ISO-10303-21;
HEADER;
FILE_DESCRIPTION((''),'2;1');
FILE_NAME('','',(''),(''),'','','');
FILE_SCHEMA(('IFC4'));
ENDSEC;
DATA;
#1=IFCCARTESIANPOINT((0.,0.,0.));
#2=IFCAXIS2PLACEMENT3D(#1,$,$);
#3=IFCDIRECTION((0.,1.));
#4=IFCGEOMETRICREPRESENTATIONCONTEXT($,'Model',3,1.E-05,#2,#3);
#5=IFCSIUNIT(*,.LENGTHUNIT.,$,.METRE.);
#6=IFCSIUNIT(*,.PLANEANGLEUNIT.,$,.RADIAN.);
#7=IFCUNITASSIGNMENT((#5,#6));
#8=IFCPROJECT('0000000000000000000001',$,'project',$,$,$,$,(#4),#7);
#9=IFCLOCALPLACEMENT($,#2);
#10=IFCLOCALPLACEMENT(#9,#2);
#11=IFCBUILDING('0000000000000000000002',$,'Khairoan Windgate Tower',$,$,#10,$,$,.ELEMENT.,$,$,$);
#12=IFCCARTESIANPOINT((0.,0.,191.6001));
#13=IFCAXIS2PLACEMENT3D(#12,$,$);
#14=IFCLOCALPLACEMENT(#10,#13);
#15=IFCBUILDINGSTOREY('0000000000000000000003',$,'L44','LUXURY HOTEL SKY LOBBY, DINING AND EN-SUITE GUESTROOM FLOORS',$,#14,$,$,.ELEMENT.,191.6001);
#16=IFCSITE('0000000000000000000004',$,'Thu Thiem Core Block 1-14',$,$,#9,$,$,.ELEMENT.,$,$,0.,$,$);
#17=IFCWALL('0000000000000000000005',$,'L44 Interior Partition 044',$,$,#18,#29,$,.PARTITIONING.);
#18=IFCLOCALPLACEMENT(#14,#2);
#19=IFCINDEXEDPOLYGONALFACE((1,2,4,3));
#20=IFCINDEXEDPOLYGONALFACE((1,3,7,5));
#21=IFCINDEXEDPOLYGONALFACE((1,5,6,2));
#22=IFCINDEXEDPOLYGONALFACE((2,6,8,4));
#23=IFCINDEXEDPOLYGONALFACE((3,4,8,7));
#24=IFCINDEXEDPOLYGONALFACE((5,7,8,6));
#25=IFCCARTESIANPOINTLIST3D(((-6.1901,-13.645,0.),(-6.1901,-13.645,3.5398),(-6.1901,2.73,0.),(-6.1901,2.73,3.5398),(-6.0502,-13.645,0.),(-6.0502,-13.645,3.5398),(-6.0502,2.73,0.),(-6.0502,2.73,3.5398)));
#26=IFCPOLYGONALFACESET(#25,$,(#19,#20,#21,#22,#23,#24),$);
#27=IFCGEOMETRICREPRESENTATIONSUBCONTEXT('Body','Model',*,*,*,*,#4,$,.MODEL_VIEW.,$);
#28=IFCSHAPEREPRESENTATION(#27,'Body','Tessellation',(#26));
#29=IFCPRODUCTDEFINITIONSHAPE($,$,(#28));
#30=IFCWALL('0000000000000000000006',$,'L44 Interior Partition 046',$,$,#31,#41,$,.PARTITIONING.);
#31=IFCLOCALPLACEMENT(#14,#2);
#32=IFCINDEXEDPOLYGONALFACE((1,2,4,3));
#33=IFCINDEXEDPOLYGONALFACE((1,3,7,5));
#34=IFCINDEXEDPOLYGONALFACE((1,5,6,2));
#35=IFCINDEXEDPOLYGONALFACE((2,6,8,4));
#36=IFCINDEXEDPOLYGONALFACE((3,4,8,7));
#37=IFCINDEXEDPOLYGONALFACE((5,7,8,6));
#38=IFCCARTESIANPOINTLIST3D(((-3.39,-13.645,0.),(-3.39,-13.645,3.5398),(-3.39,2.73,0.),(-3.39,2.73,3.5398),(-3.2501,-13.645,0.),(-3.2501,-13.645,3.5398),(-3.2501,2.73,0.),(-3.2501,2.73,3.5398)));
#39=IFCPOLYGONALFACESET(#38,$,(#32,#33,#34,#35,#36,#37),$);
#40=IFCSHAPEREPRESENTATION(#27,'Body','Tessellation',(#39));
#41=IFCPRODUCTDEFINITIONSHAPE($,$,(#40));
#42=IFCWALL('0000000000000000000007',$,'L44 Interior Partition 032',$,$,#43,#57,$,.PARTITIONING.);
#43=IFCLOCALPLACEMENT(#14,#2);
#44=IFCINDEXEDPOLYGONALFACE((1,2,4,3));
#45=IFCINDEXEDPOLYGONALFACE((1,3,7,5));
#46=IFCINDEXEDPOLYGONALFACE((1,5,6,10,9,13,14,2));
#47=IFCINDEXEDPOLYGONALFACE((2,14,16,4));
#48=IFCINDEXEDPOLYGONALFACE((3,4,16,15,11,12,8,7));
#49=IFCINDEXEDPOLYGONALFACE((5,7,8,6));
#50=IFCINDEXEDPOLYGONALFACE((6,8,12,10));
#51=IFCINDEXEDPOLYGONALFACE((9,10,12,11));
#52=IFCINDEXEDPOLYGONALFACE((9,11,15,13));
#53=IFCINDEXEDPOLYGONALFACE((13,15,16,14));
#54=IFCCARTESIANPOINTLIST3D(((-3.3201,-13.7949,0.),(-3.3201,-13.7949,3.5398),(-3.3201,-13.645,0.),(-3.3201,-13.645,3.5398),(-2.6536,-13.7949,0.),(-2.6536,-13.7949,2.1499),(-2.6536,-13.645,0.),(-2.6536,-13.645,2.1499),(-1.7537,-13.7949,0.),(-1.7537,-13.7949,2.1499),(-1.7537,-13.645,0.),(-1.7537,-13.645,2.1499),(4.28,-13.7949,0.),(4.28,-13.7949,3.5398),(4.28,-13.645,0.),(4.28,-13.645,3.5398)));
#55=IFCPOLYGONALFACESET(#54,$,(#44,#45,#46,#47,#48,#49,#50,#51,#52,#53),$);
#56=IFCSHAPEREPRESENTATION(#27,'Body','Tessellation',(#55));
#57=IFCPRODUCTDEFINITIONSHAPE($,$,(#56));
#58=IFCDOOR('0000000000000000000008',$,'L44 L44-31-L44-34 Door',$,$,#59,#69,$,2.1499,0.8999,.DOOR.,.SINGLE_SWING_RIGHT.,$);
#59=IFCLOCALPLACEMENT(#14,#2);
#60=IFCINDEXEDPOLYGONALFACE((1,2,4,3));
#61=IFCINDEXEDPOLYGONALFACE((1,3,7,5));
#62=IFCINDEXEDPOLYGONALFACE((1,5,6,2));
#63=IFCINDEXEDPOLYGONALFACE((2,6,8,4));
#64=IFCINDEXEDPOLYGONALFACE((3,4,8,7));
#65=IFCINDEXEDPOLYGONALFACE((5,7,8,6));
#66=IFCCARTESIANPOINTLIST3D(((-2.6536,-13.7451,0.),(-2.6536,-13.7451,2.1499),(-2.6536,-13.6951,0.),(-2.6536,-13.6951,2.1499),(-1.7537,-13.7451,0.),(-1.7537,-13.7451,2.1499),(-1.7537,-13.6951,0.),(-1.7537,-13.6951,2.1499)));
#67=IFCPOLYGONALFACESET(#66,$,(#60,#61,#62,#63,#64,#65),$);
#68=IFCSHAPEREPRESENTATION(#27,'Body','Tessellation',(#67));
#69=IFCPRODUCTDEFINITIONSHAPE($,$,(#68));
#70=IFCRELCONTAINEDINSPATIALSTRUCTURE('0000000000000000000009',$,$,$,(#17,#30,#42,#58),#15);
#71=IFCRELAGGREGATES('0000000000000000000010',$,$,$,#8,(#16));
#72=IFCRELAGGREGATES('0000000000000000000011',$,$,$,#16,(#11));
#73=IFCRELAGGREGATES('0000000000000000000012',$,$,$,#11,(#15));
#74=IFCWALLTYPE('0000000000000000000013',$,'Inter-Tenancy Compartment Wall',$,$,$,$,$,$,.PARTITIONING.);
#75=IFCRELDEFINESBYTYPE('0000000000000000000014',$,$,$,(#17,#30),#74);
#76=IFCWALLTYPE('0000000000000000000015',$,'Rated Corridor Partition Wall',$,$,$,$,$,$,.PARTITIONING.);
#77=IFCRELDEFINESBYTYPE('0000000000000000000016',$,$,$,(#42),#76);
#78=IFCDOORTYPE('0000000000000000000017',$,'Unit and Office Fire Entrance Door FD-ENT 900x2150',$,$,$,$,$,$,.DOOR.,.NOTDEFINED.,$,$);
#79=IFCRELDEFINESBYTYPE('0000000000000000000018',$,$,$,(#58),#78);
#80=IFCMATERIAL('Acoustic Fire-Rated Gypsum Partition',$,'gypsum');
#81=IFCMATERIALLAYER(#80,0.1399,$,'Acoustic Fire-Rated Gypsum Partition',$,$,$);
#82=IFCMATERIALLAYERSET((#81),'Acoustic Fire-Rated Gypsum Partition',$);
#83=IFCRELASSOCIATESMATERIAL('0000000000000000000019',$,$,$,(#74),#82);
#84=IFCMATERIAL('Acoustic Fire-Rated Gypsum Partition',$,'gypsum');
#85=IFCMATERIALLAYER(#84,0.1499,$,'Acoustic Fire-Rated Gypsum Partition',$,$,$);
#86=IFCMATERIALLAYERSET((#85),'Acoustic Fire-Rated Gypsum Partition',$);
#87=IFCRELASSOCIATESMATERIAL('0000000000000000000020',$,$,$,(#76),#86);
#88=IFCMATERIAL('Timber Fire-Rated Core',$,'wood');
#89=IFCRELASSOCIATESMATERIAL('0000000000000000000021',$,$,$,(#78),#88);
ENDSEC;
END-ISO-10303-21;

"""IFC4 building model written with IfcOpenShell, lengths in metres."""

from ifc_helpers import new_model, si_unit, direction, frame, frame_2d, origin, place, context, subcontext, project, spatial, rectangle, extrude, material, layer, layer_set, type_object, element, fill, save


model = new_model("IFC4")

# Units and contexts
model_context = context("Model", 3, precision=1e-05, world=origin(), true_north=direction((0.0, 1.0)))
body_context = subcontext(model_context, "Body", "Model", "MODEL_VIEW")
ifc_project = project(units=[si_unit("LENGTHUNIT", "METRE"), si_unit("PLANEANGLEUNIT", "RADIAN")], contexts=[model_context])

# Site, building, storey
site_placement = place(None, origin())
site = spatial("IfcSite", under=ifc_project, at=site_placement, Name="Thu Thiem Core Block 1-14", CompositionType="ELEMENT", RefElevation=0.0)
building_placement = place(site_placement, origin())
building = spatial("IfcBuilding", under=site, at=building_placement, Name="Khairoan Windgate Tower", CompositionType="ELEMENT")
storey_placement = place(building_placement, frame((0.0, 0.0, 191.6001)))
storey = spatial("IfcBuildingStorey", under=building, at=storey_placement, Name="L44", Description="LUXURY HOTEL SKY LOBBY, DINING AND EN-SUITE GUESTROOM FLOORS", CompositionType="ELEMENT", Elevation=191.6001)

# Walls
ifc_material_1 = material(Name="Acoustic Fire-Rated Gypsum Partition", Category="gypsum")
ifc_layer_1 = layer(ifc_material_1, 0.1399, Name="Acoustic Fire-Rated Gypsum Partition")
ifc_layer_set_1 = layer_set([ifc_layer_1], Name="Acoustic Fire-Rated Gypsum Partition")
wall_type_1 = type_object("IfcWallType", Name="Inter-Tenancy Compartment Wall", PredefinedType="PARTITIONING", material=ifc_layer_set_1)
for number, where, z_axis, x_axis, name in (
    (1, (-6.1201, -13.645, 0.0), (0.0, 0.0, 1.0), (0.0, 1.0, 0.0), "L44 Interior Partition 044"),
    (2, (-3.3201, -13.645, 0.0), (0.0, 0.0, 1.0), (0.0, 1.0, 0.0), "L44 Interior Partition 046"),
):
    element("IfcWall", number, at=place(storey_placement, frame(where, z_axis=z_axis, x_axis=x_axis)), inside=storey, type_object=wall_type_1, Name=name, PredefinedType="PARTITIONING", context=body_context, shape_type="SweptSolid", body=[
        extrude(rectangle(XDim=16.375, YDim=0.1399, at=frame_2d((8.1875, 0.0))), origin(), (0.0, 0.0, 1.0), 3.5398),
    ])

# Wall, opening, door
ifc_material_2 = material(Name="Acoustic Fire-Rated Gypsum Partition", Category="gypsum")
ifc_layer_2 = layer(ifc_material_2, 0.1499, Name="Acoustic Fire-Rated Gypsum Partition")
ifc_layer_set_2 = layer_set([ifc_layer_2], Name="Acoustic Fire-Rated Gypsum Partition")
wall_type_2 = type_object("IfcWallType", Name="Rated Corridor Partition Wall", PredefinedType="PARTITIONING", material=ifc_layer_set_2)
ifc_material_3 = material(Name="Timber Fire-Rated Core", Category="wood")
door_type_1 = type_object("IfcDoorType", Name="Unit and Office Fire Entrance Door FD-ENT 900x2150", OperationType="NOTDEFINED", PredefinedType="DOOR", material=ifc_material_3)
wall_1_placement = place(storey_placement, frame((-3.3201, -13.72, 0.0), z_axis=(0.0, 0.0, 1.0), x_axis=(1.0, 0.0, 0.0)))
wall_1 = element("IfcWall", 3, at=wall_1_placement, inside=storey, type_object=wall_type_2, Name="L44 Interior Partition 032", PredefinedType="PARTITIONING", context=body_context, shape_type="SweptSolid", body=[
    extrude(rectangle(XDim=7.6001, YDim=0.1499, at=frame_2d((3.8, 0.0))), origin(), (0.0, 0.0, 1.0), 3.5398),
])
opening_1_placement = place(wall_1_placement, frame((0.6665, 0.0, 0.0)))
opening_1 = element("IfcOpeningElement", 4, at=opening_1_placement, cuts=wall_1, PredefinedType="OPENING", context=body_context, shape_type="SweptSolid", body=[
    extrude(rectangle(XDim=0.8999, YDim=2.1499, at=frame_2d((0.45, 1.075))), frame((0.0, 0.085, 0.0), z_axis=(0.0, -1.0, 0.0), x_axis=(1.0, 0.0, 0.0)), (0.0, 0.0, 1.0), 0.1699),
])
door_1_placement = place(opening_1_placement, origin())
door_1 = element("IfcDoor", 5, at=door_1_placement, inside=storey, type_object=door_type_1, Name="L44 L44-31-L44-34 Door", OperationType="SINGLE_SWING_RIGHT", OverallHeight=2.1499, OverallWidth=0.8999, PredefinedType="DOOR", context=body_context, shape_type="SweptSolid", body=[
    extrude(rectangle(XDim=0.8999, YDim=2.1499, at=frame_2d((0.45, 1.075))), frame((0.0, 0.0249, 0.0), z_axis=(0.0, -1.0, 0.0), x_axis=(1.0, 0.0, 0.0)), (0.0, 0.0, 1.0), 0.05),
])
fill(opening_1, door_1)

save(model, "model.ifc")
